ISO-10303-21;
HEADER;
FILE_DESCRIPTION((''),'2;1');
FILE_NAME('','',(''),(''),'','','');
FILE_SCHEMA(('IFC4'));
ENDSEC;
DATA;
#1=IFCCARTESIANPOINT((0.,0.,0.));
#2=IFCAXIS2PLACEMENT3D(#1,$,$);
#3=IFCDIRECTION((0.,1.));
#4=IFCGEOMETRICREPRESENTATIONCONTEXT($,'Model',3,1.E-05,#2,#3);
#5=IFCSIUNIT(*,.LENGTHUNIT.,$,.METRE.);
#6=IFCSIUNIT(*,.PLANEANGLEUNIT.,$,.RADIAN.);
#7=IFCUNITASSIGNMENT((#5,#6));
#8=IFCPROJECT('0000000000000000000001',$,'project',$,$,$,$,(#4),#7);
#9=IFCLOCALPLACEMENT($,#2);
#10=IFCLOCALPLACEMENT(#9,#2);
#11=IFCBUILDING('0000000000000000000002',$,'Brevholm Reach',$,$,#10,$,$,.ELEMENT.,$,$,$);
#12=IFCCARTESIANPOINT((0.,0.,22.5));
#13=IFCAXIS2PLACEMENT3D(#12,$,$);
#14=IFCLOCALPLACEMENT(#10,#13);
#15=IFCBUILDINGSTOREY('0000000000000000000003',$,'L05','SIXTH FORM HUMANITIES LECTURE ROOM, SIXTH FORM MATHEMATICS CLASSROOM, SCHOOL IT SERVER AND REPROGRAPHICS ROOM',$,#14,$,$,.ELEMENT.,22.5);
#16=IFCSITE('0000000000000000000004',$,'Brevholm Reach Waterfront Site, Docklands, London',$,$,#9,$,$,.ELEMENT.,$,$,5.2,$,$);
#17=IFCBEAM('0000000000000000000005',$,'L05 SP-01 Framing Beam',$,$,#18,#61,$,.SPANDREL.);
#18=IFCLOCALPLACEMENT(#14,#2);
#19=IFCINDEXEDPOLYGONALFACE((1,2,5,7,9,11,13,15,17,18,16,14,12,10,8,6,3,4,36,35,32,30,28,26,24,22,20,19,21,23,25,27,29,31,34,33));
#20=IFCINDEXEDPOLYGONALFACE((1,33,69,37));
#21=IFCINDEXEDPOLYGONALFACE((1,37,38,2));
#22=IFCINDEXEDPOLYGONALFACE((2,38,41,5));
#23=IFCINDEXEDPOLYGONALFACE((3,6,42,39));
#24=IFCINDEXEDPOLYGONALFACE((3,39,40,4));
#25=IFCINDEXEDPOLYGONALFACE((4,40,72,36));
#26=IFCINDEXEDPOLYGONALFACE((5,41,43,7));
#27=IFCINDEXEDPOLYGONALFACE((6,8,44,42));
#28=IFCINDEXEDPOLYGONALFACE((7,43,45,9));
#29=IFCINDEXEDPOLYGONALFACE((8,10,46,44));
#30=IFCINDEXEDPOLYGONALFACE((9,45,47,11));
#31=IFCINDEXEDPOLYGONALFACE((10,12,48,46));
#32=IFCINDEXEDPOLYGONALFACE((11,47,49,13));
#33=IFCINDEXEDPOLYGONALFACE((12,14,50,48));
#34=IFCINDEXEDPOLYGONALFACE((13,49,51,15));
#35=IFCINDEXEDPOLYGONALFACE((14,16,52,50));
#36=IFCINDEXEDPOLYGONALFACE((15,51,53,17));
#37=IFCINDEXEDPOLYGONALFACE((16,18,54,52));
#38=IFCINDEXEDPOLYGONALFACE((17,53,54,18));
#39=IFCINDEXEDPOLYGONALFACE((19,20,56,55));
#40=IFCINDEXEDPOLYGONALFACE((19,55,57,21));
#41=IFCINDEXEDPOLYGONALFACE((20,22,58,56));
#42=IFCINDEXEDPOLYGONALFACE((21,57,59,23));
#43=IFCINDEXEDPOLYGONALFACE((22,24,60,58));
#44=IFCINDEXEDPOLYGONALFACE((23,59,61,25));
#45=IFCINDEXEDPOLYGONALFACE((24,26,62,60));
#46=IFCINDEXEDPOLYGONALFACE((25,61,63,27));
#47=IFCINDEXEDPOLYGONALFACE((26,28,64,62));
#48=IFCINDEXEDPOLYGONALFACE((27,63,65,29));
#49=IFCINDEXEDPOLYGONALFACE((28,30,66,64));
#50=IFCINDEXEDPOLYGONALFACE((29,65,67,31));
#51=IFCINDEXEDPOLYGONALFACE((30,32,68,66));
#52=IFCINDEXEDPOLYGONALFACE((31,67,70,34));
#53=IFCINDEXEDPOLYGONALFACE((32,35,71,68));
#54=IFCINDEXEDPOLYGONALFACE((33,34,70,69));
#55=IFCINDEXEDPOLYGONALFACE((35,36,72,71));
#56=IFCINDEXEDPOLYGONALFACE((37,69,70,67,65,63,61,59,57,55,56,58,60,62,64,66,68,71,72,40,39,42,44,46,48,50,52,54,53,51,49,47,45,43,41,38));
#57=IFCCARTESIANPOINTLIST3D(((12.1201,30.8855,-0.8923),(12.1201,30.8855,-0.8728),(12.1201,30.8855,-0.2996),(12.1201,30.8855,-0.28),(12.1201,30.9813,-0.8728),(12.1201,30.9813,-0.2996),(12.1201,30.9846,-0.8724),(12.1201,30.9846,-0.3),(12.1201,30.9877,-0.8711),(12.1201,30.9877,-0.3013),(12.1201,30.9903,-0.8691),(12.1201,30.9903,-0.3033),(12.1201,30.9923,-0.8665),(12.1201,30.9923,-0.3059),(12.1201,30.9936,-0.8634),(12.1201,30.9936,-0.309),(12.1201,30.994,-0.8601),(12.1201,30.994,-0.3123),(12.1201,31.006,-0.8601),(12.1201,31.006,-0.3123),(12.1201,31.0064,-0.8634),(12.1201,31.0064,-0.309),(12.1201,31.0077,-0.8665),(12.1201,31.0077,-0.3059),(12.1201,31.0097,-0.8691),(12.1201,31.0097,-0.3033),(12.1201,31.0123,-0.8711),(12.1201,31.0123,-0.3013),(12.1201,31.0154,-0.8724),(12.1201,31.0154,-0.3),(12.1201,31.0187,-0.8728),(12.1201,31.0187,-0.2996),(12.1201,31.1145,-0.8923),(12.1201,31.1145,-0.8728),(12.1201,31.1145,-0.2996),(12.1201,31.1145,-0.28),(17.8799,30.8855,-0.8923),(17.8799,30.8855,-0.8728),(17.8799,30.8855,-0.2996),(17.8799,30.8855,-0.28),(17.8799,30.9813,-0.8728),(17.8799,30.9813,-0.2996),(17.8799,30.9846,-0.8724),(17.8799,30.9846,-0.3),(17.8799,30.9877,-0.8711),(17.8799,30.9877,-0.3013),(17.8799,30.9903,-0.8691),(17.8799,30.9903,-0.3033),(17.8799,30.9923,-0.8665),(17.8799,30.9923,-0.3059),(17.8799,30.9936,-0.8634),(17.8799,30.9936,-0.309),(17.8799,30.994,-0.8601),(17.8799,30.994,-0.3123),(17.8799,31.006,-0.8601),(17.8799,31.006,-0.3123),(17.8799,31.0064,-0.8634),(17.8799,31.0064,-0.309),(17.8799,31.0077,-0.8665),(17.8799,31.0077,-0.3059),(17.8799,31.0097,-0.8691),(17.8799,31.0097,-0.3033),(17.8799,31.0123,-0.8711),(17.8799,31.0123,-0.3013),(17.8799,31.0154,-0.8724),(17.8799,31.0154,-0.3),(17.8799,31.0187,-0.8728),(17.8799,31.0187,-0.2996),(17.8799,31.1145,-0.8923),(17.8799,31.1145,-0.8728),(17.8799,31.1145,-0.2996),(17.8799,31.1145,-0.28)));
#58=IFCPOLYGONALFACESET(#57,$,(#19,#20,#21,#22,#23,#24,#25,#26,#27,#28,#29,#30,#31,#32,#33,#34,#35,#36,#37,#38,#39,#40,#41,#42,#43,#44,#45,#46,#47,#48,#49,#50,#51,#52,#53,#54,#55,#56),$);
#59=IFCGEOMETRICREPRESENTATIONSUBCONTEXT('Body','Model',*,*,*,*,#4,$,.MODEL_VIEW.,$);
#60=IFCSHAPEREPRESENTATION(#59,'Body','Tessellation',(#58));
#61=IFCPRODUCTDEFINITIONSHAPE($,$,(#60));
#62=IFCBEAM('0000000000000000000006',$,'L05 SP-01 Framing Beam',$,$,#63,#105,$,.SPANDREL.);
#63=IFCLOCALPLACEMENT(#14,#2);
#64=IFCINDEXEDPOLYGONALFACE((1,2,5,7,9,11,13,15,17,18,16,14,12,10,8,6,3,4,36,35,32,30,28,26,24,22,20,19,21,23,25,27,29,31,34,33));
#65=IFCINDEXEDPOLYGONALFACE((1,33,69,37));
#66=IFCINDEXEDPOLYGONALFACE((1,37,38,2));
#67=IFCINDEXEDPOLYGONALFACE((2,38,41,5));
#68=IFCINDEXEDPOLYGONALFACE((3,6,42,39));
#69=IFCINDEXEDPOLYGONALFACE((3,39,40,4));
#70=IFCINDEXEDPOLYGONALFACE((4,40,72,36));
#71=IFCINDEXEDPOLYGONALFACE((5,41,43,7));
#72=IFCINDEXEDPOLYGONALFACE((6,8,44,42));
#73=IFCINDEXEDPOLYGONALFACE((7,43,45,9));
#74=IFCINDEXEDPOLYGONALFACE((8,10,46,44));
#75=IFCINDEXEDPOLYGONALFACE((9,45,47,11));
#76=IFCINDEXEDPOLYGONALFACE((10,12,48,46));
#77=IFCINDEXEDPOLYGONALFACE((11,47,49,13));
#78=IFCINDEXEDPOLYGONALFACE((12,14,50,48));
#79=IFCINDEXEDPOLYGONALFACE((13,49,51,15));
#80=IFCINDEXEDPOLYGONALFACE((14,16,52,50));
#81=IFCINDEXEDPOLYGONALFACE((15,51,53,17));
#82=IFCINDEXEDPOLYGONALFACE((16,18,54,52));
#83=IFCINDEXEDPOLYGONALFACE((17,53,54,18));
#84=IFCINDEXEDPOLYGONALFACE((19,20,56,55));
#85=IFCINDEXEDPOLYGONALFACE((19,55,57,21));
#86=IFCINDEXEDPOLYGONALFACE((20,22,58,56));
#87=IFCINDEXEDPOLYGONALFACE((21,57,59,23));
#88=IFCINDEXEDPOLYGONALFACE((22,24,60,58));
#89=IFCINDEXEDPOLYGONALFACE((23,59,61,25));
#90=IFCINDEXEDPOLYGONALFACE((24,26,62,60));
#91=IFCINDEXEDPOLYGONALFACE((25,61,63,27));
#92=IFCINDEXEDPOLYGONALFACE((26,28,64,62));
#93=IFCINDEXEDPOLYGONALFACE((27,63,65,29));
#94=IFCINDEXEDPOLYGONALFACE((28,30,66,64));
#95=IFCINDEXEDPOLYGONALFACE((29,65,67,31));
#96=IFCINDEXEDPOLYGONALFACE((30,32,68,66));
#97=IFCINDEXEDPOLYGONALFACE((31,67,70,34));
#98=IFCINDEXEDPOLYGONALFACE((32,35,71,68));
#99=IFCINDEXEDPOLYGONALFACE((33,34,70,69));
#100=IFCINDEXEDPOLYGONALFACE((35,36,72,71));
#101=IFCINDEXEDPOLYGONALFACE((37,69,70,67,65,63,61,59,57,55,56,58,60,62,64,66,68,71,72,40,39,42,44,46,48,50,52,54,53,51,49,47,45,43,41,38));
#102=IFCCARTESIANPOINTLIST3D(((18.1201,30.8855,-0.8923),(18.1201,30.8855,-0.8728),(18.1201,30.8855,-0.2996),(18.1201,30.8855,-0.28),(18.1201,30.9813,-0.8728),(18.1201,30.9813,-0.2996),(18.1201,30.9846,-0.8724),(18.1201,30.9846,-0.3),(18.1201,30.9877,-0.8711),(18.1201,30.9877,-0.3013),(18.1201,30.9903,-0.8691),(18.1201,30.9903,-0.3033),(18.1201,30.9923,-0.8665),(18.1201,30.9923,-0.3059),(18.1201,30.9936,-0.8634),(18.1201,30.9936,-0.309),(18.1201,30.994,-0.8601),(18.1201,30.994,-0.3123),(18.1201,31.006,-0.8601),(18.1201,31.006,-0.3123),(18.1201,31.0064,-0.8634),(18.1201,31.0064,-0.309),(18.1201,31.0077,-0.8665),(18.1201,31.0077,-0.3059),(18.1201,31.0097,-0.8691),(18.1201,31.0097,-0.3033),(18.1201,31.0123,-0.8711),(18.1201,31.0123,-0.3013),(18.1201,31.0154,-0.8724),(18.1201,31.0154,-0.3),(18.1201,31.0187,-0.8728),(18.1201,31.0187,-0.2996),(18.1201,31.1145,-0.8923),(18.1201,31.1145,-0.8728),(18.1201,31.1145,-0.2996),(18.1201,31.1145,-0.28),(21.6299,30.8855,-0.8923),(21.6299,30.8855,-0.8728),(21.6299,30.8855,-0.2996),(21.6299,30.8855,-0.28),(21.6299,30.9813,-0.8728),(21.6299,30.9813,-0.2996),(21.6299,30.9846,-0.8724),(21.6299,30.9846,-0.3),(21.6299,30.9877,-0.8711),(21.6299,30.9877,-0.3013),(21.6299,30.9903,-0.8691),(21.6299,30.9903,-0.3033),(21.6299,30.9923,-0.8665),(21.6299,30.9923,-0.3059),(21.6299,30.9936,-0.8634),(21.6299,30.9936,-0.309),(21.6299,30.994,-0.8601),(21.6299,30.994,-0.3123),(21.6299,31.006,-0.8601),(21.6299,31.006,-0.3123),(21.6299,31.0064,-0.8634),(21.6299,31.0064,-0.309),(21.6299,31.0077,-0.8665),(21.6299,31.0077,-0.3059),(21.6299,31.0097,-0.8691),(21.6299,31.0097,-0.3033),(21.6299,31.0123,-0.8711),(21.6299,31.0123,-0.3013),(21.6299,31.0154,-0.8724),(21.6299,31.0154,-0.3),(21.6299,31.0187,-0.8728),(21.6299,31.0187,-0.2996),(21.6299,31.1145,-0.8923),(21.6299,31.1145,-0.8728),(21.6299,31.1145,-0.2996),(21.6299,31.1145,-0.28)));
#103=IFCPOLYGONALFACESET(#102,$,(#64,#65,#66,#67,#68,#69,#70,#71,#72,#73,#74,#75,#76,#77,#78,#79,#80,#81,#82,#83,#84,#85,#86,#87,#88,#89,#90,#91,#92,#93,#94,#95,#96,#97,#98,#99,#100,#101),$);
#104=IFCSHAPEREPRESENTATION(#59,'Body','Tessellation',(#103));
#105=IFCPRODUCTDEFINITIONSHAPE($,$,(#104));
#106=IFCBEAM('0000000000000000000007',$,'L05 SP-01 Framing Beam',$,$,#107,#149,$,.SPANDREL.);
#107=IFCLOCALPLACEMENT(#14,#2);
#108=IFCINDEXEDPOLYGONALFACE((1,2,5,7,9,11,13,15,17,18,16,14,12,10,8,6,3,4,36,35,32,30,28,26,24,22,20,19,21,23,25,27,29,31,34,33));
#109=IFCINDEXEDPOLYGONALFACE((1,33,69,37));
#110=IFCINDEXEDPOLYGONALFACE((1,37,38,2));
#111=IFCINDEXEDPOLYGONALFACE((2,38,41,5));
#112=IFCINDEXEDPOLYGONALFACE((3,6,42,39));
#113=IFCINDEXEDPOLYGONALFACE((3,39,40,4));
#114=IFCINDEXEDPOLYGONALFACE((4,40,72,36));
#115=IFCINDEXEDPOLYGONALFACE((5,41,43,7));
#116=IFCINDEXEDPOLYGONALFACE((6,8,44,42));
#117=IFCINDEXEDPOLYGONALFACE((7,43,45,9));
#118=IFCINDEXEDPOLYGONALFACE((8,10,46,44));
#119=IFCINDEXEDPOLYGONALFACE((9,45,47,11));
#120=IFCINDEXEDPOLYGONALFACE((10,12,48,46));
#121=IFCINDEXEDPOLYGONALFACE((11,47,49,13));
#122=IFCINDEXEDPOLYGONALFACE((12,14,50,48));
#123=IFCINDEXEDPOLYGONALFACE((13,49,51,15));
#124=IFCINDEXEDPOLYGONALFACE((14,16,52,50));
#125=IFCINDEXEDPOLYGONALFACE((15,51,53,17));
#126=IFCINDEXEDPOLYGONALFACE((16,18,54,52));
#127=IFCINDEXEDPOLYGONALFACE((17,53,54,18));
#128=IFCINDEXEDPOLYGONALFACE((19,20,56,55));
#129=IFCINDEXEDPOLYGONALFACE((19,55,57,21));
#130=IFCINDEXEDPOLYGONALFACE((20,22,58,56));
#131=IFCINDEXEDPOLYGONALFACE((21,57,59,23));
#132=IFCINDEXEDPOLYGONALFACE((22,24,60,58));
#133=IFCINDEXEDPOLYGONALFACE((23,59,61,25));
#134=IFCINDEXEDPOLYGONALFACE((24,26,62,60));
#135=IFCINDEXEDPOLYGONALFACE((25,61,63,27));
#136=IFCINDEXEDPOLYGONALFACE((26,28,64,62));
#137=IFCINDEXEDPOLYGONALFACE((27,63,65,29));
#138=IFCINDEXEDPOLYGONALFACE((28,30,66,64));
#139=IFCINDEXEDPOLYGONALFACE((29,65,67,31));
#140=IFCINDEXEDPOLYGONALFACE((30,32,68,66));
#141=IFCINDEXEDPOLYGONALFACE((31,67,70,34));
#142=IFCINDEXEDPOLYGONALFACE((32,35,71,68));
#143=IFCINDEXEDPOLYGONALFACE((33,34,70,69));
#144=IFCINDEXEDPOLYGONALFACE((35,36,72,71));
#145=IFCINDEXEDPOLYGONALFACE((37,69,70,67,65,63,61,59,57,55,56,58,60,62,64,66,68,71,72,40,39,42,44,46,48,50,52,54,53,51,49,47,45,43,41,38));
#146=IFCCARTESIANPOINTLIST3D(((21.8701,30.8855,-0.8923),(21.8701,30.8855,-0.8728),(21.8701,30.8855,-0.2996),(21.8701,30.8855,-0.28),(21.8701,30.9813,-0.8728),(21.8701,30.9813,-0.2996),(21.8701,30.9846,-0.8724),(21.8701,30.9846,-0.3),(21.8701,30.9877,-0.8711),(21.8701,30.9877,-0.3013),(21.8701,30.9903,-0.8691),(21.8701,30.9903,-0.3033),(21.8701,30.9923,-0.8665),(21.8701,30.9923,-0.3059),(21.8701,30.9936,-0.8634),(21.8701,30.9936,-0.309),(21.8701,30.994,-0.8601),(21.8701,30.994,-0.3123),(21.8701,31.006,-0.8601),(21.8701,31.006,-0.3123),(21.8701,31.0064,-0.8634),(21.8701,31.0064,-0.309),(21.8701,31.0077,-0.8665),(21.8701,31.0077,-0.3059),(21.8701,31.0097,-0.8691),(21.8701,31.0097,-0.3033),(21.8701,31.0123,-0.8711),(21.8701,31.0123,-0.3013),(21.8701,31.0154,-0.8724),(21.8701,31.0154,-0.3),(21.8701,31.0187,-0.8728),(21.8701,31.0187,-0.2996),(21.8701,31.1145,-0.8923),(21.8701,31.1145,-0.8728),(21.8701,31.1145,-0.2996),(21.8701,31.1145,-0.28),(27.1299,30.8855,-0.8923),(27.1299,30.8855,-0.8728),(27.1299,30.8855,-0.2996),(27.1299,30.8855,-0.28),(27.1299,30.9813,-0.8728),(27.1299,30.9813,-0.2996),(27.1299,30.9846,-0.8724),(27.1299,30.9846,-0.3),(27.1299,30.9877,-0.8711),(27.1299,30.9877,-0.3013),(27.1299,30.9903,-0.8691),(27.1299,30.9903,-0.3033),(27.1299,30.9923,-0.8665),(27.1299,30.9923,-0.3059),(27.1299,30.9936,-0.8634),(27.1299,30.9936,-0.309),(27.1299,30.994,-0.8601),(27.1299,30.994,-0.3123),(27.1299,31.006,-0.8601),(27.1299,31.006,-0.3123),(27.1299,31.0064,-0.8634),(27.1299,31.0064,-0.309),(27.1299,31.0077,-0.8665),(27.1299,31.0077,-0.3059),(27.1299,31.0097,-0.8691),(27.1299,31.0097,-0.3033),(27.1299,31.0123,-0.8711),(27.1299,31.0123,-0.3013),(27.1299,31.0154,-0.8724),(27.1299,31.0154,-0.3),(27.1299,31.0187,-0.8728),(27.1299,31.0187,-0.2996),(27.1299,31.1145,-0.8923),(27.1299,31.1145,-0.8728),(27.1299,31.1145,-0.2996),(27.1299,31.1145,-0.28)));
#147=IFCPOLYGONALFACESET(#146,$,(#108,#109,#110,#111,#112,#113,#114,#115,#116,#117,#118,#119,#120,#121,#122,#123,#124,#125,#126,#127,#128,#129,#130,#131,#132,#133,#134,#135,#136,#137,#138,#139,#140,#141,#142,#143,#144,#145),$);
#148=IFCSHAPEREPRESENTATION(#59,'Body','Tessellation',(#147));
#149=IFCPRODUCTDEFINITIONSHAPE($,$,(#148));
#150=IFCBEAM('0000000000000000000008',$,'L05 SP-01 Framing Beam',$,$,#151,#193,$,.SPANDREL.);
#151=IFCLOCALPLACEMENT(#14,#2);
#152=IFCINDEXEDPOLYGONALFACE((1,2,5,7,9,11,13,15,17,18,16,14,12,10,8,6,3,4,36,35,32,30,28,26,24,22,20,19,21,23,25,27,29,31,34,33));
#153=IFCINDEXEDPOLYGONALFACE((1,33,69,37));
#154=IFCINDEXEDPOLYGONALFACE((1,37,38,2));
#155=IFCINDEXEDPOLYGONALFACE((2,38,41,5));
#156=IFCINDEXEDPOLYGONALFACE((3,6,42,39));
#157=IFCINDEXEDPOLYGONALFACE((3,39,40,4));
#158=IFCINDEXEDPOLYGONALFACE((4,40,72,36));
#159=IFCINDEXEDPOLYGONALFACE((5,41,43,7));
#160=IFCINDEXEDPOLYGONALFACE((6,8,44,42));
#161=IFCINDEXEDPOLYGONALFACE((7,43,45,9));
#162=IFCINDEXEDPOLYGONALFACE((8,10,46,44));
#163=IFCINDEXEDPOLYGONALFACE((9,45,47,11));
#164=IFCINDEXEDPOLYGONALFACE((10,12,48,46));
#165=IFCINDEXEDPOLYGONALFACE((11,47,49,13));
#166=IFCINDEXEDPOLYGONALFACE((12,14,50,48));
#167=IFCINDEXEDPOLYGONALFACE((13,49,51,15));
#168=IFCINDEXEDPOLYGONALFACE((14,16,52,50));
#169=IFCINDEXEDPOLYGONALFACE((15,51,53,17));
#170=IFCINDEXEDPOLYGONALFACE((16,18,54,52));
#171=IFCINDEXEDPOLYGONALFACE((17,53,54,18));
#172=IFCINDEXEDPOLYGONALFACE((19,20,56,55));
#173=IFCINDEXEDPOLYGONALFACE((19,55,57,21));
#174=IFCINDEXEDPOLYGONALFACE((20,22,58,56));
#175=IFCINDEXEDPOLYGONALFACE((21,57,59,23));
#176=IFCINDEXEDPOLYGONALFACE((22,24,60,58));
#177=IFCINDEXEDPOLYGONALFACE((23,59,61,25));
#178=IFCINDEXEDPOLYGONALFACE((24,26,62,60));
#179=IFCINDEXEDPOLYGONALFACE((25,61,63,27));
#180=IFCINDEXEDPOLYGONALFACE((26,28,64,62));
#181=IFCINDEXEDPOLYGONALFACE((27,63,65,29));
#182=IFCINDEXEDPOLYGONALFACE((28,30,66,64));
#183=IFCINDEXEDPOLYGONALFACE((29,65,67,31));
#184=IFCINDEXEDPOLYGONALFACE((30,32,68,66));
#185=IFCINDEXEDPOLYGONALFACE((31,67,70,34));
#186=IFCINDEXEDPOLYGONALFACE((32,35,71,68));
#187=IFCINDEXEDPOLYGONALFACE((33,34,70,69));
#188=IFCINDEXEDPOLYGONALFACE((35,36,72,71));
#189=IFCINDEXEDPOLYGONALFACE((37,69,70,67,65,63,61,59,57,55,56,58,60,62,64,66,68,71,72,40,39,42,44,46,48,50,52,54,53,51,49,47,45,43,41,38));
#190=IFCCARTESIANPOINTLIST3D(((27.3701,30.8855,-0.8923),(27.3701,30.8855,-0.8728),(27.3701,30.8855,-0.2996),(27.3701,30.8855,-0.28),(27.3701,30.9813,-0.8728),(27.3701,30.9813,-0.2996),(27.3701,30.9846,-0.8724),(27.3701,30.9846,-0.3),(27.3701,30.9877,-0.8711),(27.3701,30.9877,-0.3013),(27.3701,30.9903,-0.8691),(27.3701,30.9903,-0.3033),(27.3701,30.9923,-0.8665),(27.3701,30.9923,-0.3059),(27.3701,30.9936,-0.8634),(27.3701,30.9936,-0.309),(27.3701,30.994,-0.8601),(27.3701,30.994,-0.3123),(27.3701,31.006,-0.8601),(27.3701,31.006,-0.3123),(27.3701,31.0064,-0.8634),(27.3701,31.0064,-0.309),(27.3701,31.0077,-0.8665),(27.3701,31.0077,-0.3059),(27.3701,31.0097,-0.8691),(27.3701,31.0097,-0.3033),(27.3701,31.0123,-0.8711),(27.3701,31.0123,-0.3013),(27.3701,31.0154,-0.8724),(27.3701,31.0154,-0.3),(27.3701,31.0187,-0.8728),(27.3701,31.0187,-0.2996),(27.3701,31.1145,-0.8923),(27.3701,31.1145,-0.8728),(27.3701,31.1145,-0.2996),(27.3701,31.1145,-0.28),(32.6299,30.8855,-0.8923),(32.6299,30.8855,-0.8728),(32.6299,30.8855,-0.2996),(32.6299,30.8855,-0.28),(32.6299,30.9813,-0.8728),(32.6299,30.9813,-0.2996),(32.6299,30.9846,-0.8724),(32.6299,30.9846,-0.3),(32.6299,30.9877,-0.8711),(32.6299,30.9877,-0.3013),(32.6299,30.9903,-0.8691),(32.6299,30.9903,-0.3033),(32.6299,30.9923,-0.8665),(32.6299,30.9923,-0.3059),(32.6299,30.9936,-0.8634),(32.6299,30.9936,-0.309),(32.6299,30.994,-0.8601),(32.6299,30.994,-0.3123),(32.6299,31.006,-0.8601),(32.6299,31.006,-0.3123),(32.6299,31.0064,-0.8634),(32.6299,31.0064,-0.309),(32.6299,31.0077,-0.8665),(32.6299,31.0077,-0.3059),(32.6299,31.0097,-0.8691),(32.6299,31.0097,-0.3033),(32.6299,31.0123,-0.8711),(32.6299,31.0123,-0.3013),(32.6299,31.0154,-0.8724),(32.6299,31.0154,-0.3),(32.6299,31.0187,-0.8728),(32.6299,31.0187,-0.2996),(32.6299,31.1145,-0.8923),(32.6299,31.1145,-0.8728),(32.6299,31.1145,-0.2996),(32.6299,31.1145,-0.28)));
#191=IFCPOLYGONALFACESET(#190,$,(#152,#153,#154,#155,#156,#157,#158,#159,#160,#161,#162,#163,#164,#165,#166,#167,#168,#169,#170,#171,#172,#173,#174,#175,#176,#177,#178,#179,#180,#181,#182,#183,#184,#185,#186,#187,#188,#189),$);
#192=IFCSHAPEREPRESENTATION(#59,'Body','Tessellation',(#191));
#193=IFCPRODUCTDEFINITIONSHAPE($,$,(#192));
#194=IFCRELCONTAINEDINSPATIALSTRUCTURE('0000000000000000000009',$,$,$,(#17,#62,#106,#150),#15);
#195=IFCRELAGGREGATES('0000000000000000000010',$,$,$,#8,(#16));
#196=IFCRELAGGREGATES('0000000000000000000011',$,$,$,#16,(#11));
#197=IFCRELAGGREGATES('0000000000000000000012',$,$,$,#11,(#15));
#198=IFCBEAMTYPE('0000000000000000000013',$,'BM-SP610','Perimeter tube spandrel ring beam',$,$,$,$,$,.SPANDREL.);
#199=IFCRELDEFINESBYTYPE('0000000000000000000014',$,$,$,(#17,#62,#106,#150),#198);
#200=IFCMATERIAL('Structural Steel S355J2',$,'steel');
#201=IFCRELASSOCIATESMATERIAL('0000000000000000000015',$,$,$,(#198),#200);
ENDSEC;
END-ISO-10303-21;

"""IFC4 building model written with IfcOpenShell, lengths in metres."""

from ifc_helpers import new_model, si_unit, direction, frame, origin, origin_2d, place, context, subcontext, project, spatial, i_section, extrude, material, material_profile, profile_set, type_object, element, save


model = new_model("IFC4")

# Units and contexts
model_context = context("Model", 3, precision=1e-05, world=origin(), true_north=direction((0.0, 1.0)))
body_context = subcontext(model_context, "Body", "Model", "MODEL_VIEW")
ifc_project = project(units=[si_unit("LENGTHUNIT", "METRE"), si_unit("PLANEANGLEUNIT", "RADIAN")], contexts=[model_context])

# Site, building, storey
site_placement = place(None, origin())
site = spatial("IfcSite", under=ifc_project, at=site_placement, Name="Brevholm Reach Waterfront Site, Docklands, London", CompositionType="ELEMENT", RefElevation=5.2)
building_placement = place(site_placement, origin())
building = spatial("IfcBuilding", under=site, at=building_placement, Name="Brevholm Reach", CompositionType="ELEMENT")
storey_placement = place(building_placement, frame((0.0, 0.0, 22.5)))
storey = spatial("IfcBuildingStorey", under=building, at=storey_placement, Name="L05", Description="SIXTH FORM HUMANITIES LECTURE ROOM, SIXTH FORM MATHEMATICS CLASSROOM, SCHOOL IT SERVER AND REPROGRAPHICS ROOM", CompositionType="ELEMENT", Elevation=22.5)

# Beams
ifc_material_1 = material(Name="Structural Steel S355J2", Category="steel")
ifc_material_profile_1 = material_profile(ifc_material_1, i_section(OverallWidth=0.229, OverallDepth=0.6123, WebThickness=0.012, FlangeThickness=0.0195, FilletRadius=0.0127, at=origin_2d()), Name="UKB 610x229x125")
ifc_profile_set_1 = profile_set([ifc_material_profile_1], Name="Structural Steel S355J2")
beam_type_1 = type_object("IfcBeamType", Name="BM-SP610", Description="Perimeter tube spandrel ring beam", PredefinedType="SPANDREL", material=ifc_profile_set_1)
beam_1_placement = place(storey_placement, frame((12.1201, 31.0, -0.5862), z_axis=(1.0, 0.0, 0.0), x_axis=(0.0, 1.0, 0.0)))
element("IfcBeam", 1, at=beam_1_placement, inside=storey, type_object=beam_type_1, Name="L05 SP-01 Framing Beam", PredefinedType="SPANDREL", context=body_context, shape_type="SweptSolid", body=[
    extrude(i_section(OverallWidth=0.229, OverallDepth=0.6123, WebThickness=0.012, FlangeThickness=0.0195, FilletRadius=0.0127, at=origin_2d()), origin(), (0.0, 0.0, 1.0), 5.7598),
])
beam_2_placement = place(storey_placement, frame((18.1201, 31.0, -0.5862), z_axis=(1.0, 0.0, 0.0), x_axis=(0.0, 1.0, 0.0)))
element("IfcBeam", 2, at=beam_2_placement, inside=storey, type_object=beam_type_1, Name="L05 SP-01 Framing Beam", PredefinedType="SPANDREL", context=body_context, shape_type="SweptSolid", body=[
    extrude(i_section(OverallWidth=0.229, OverallDepth=0.6123, WebThickness=0.012, FlangeThickness=0.0195, FilletRadius=0.0127, at=origin_2d()), origin(), (0.0, 0.0, 1.0), 3.5098),
])
for number, where, z_axis, x_axis, name in (
    (3, (21.8701, 31.0, -0.5862), (1.0, 0.0, 0.0), (0.0, 1.0, 0.0), "L05 SP-01 Framing Beam"),
    (4, (27.3701, 31.0, -0.5862), (1.0, 0.0, 0.0), (0.0, 1.0, 0.0), "L05 SP-01 Framing Beam"),
):
    element("IfcBeam", number, at=place(storey_placement, frame(where, z_axis=z_axis, x_axis=x_axis)), inside=storey, type_object=beam_type_1, Name=name, PredefinedType="SPANDREL", context=body_context, shape_type="SweptSolid", body=[
        extrude(i_section(OverallWidth=0.229, OverallDepth=0.6123, WebThickness=0.012, FlangeThickness=0.0195, FilletRadius=0.0127, at=origin_2d()), origin(), (0.0, 0.0, 1.0), 5.2598),
    ])

save(model, "model.ifc")
